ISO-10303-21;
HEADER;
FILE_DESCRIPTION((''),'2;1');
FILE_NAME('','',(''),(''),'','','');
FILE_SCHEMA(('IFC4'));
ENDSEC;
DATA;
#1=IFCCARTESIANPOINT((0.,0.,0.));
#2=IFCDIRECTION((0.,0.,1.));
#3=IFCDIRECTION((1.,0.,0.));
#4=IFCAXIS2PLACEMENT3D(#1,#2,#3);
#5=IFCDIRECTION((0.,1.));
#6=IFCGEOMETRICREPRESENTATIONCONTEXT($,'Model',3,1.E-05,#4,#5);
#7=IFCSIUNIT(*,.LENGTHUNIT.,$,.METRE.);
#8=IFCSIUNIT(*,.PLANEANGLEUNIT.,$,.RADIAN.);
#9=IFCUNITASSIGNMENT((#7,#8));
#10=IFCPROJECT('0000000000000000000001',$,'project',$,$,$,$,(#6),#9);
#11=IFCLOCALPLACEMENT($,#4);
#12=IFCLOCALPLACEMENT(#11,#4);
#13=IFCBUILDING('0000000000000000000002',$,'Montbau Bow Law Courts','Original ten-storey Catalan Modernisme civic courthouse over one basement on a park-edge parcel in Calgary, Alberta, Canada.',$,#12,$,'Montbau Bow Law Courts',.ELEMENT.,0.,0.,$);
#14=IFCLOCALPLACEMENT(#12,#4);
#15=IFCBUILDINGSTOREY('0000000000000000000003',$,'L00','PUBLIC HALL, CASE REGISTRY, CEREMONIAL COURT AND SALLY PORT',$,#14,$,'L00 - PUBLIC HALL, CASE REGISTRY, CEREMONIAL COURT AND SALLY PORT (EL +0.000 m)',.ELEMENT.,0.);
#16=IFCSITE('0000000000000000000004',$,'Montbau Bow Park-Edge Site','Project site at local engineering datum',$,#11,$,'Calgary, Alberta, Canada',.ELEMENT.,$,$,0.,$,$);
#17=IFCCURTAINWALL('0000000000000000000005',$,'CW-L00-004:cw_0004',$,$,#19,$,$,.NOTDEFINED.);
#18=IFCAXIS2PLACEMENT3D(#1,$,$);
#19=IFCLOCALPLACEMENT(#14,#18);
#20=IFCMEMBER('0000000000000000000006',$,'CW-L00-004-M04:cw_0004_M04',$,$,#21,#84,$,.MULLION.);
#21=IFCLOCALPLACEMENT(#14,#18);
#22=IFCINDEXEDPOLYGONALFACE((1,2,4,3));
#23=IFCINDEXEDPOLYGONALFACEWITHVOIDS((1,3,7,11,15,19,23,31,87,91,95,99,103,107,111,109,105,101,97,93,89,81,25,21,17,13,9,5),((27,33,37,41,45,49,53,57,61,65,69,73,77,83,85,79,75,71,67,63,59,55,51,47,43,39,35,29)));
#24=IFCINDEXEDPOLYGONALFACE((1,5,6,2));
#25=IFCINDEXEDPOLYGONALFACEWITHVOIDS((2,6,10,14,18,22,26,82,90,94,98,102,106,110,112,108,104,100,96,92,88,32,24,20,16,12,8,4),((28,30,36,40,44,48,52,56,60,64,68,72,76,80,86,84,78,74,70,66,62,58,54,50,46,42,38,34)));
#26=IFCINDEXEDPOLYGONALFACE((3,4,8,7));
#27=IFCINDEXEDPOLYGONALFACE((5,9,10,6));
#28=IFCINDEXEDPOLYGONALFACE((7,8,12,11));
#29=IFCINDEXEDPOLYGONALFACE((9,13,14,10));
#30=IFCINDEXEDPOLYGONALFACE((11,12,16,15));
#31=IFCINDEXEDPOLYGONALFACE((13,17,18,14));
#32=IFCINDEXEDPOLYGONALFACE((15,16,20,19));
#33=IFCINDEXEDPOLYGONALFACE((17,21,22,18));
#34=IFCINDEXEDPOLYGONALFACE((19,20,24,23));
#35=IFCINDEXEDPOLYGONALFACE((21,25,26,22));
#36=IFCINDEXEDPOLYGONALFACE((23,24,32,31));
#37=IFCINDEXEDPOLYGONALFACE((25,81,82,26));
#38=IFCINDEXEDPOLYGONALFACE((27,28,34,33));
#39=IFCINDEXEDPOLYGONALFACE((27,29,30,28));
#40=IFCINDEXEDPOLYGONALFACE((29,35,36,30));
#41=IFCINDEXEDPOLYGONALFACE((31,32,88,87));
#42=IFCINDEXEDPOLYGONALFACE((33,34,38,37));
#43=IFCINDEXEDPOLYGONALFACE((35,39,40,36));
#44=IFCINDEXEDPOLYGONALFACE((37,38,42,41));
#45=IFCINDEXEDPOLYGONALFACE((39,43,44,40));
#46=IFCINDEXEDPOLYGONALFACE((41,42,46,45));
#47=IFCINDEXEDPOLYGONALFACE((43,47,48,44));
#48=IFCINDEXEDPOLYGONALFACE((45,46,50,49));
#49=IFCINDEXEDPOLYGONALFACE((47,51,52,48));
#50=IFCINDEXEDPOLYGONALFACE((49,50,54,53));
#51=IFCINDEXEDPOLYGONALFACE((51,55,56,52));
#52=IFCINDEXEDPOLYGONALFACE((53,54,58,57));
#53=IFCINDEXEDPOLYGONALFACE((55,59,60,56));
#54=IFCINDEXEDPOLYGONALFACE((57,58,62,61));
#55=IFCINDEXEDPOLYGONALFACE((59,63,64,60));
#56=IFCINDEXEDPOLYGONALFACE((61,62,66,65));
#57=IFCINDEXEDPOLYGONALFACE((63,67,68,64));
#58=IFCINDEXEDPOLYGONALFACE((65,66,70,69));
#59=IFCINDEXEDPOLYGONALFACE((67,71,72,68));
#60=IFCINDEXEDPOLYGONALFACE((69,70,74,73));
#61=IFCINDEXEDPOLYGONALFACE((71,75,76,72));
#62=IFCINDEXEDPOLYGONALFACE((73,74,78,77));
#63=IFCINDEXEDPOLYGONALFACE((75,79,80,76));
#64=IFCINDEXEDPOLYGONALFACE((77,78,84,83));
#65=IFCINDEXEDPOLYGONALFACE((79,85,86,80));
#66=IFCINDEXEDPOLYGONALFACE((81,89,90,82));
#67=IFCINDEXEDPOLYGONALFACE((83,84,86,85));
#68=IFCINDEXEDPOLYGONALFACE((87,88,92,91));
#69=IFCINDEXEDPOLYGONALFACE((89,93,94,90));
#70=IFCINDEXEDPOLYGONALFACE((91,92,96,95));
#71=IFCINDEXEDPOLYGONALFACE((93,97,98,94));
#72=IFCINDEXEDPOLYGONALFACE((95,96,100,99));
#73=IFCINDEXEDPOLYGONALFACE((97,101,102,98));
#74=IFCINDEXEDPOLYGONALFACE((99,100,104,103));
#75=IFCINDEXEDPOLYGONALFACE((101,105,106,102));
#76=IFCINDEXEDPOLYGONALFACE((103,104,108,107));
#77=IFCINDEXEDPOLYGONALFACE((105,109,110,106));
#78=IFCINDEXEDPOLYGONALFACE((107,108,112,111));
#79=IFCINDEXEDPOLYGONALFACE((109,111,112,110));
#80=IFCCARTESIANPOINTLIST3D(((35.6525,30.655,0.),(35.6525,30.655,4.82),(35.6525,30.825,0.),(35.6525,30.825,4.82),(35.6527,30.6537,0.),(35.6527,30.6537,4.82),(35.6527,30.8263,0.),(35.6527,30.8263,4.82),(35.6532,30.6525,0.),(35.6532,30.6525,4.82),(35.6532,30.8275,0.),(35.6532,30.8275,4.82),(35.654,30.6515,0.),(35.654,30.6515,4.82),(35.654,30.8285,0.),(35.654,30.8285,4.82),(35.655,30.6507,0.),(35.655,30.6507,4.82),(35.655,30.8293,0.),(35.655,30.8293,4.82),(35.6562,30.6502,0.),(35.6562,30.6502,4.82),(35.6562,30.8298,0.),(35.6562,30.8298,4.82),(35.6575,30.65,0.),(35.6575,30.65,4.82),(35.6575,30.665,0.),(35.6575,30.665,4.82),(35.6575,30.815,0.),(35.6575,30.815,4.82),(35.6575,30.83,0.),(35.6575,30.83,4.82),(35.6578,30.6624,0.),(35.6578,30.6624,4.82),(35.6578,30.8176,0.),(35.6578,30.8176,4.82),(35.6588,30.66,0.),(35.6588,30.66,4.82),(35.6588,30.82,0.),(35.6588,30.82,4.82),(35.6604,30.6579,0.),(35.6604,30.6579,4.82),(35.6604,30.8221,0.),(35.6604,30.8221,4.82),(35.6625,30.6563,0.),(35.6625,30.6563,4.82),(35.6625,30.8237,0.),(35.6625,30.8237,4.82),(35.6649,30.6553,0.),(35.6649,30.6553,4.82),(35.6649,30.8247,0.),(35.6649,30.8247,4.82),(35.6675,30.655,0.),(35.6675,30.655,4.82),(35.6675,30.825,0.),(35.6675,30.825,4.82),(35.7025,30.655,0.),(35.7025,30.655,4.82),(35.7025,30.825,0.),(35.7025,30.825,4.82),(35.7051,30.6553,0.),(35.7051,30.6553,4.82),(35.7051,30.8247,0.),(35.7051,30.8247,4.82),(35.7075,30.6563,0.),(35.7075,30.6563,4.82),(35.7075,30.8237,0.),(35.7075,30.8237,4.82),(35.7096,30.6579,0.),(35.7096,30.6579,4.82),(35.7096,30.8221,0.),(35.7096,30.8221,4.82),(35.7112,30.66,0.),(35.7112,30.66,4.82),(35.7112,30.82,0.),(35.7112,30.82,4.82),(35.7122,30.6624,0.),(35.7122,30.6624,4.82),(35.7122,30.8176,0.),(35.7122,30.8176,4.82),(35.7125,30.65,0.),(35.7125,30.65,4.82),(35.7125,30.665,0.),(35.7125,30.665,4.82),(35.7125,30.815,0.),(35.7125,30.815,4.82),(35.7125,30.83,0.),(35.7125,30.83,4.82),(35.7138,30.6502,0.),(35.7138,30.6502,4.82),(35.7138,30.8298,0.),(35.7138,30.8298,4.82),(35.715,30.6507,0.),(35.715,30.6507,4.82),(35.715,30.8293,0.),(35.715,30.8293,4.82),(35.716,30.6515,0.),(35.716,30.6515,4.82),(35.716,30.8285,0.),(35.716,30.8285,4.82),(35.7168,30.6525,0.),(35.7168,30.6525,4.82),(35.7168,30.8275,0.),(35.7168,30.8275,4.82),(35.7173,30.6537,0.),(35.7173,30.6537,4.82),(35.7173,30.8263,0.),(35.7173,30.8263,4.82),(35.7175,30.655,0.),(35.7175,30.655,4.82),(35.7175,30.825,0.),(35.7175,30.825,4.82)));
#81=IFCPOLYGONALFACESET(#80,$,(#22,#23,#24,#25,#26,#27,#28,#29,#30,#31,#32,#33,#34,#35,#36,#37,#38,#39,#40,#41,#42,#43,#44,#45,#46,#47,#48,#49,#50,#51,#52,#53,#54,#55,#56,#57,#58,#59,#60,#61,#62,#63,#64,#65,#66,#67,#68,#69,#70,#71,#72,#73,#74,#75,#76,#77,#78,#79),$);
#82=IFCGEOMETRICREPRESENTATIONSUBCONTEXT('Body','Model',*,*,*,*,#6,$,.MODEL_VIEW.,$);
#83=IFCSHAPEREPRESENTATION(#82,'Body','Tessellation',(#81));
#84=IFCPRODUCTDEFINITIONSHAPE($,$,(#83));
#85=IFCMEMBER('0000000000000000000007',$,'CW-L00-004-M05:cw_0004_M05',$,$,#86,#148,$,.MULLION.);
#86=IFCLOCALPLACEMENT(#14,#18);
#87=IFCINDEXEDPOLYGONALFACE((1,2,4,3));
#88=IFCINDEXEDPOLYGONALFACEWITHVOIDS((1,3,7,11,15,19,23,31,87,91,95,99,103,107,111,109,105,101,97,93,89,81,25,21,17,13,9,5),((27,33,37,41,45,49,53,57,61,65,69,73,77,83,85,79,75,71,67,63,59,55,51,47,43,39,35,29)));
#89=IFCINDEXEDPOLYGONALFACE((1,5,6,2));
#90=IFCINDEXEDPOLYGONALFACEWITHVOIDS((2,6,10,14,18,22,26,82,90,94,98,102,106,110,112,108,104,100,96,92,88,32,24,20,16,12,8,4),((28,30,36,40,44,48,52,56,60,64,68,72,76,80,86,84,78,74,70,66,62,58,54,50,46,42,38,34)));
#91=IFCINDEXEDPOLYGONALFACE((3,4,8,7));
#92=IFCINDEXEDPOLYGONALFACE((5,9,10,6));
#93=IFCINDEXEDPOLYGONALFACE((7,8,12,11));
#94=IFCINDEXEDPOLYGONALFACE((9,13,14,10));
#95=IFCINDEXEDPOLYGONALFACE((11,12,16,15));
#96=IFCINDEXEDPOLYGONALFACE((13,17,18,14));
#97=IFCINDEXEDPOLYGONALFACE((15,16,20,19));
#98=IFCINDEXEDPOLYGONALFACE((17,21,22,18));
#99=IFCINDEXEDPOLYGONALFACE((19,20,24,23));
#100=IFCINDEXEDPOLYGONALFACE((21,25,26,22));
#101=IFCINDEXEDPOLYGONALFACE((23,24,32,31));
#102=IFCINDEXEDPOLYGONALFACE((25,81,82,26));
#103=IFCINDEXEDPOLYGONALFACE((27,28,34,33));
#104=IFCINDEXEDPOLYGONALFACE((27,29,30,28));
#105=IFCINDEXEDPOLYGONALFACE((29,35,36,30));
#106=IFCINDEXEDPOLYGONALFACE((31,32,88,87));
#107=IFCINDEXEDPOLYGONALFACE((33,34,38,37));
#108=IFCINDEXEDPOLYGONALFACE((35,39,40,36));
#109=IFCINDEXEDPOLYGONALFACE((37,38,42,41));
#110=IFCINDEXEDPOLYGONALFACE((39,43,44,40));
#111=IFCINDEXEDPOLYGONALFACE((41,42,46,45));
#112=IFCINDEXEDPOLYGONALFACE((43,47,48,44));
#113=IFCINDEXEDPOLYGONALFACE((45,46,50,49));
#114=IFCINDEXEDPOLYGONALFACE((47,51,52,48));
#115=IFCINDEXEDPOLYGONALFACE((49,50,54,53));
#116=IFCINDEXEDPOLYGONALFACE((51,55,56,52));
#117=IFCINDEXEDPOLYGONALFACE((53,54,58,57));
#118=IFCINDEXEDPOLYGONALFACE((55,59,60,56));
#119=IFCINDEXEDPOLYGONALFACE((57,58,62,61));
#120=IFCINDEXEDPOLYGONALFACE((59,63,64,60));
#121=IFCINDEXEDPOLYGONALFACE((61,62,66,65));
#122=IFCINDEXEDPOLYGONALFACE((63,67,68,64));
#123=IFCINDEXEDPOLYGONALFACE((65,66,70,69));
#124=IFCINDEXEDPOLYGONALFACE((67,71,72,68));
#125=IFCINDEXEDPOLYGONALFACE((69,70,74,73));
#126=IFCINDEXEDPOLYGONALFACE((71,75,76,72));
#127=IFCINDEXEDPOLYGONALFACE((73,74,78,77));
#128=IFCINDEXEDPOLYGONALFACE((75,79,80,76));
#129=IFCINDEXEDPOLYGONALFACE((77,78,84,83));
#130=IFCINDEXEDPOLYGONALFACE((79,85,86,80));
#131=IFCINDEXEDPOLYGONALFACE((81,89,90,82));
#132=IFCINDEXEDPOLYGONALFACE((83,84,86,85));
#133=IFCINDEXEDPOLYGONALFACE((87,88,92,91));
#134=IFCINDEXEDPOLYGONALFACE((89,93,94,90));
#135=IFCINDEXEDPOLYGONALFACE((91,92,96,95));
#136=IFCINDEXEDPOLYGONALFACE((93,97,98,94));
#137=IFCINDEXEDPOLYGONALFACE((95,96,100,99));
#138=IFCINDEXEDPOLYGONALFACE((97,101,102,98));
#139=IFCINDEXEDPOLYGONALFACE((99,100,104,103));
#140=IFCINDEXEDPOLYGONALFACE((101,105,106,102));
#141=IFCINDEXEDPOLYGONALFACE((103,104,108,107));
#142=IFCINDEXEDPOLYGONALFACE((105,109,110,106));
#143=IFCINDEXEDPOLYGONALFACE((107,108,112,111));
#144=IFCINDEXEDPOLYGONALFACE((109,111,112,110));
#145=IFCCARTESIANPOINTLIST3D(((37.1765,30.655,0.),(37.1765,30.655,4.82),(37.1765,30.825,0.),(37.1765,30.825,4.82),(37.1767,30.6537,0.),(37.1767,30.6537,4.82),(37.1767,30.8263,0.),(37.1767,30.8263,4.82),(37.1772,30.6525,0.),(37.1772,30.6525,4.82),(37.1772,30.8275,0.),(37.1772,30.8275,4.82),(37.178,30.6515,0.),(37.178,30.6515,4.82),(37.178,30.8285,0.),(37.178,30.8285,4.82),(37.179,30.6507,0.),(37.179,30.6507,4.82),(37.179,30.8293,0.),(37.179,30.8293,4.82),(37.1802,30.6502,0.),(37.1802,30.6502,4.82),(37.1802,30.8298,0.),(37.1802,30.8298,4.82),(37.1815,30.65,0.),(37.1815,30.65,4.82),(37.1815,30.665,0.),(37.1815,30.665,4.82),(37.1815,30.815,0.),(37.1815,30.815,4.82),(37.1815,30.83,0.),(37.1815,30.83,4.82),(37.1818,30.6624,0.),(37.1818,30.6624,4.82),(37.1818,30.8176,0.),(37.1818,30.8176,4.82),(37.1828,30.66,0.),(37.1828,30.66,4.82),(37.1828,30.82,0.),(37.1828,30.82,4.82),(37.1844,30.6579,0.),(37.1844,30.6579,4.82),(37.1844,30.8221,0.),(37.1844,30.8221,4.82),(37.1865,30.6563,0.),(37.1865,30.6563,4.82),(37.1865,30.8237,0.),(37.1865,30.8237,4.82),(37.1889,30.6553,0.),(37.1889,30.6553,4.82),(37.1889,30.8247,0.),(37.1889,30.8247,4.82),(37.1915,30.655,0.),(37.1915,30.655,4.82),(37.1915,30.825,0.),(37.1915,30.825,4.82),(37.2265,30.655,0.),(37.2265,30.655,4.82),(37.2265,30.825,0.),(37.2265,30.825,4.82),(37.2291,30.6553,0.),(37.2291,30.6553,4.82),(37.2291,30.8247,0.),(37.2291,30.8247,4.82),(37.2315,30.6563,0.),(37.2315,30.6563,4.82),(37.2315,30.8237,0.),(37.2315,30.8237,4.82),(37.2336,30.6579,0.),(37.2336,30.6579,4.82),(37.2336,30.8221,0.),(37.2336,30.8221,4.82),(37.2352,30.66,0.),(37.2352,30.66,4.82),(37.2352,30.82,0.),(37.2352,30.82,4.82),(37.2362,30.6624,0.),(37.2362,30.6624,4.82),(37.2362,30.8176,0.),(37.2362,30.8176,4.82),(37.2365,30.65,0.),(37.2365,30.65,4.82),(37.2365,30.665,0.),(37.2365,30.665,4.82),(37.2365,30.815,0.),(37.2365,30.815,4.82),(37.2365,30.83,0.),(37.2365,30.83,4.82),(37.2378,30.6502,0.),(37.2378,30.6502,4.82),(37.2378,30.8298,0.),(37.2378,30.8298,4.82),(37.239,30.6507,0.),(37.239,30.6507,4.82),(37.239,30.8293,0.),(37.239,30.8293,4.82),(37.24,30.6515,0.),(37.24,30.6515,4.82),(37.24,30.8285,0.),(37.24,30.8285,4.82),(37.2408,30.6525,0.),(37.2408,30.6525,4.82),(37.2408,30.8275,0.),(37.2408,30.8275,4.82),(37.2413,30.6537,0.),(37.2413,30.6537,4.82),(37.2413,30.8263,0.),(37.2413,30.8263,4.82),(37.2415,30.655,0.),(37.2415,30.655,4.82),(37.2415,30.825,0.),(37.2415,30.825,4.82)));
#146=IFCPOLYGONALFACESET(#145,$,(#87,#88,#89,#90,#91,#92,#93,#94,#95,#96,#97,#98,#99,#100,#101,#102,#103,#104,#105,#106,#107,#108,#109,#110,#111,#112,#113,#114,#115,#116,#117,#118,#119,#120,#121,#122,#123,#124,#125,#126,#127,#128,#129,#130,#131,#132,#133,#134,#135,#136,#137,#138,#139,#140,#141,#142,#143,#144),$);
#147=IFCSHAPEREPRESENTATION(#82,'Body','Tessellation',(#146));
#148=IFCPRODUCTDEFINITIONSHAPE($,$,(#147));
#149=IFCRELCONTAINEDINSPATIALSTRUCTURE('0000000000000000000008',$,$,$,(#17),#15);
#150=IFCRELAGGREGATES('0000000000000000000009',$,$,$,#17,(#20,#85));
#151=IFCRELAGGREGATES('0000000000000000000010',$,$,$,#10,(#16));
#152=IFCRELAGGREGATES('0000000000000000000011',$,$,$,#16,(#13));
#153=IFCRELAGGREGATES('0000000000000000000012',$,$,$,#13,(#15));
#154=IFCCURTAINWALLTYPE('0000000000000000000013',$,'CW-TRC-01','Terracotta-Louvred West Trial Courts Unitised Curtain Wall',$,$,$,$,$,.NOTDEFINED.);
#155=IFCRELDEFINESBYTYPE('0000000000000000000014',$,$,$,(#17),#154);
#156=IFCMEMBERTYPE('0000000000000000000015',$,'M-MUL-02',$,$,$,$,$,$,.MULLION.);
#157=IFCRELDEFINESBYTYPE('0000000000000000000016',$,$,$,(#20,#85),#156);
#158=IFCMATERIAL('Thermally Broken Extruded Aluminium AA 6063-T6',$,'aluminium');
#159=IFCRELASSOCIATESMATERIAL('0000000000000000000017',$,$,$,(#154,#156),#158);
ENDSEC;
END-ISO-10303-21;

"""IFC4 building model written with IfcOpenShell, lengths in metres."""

from ifc_helpers import new_model, si_unit, direction, frame, origin_with_axes, origin_2d_with_axis, place, context, subcontext, project, spatial, hollow_rectangle, extrude, material, material_profile, profile_set, type_object, element, aggregate, save


model = new_model("IFC4")

# Units and contexts
model_context = context("Model", 3, precision=1e-05, world=origin_with_axes(), true_north=direction((0.0, 1.0)))
body_context = subcontext(model_context, "Body", "Model", "MODEL_VIEW")
ifc_project = project(units=[si_unit("LENGTHUNIT", "METRE"), si_unit("PLANEANGLEUNIT", "RADIAN")], contexts=[model_context])

# Site, building, storey
site_placement = place(None, origin_with_axes())
site = spatial("IfcSite", under=ifc_project, at=site_placement, Name="Montbau Bow Park-Edge Site", Description="Project site at local engineering datum", LongName="Calgary, Alberta, Canada", CompositionType="ELEMENT", RefElevation=0.0)
building_placement = place(site_placement, origin_with_axes())
building = spatial("IfcBuilding", under=site, at=building_placement, Name="Montbau Bow Law Courts", Description="Original ten-storey Catalan Modernisme civic courthouse over one basement on a park-edge parcel in Calgary, Alberta, Canada.", LongName="Montbau Bow Law Courts", CompositionType="ELEMENT", ElevationOfRefHeight=0.0, ElevationOfTerrain=0.0)
storey_placement = place(building_placement, origin_with_axes())
storey = spatial("IfcBuildingStorey", under=building, at=storey_placement, Name="L00", Description="PUBLIC HALL, CASE REGISTRY, CEREMONIAL COURT AND SALLY PORT", LongName="L00 - PUBLIC HALL, CASE REGISTRY, CEREMONIAL COURT AND SALLY PORT (EL +0.000 m)", CompositionType="ELEMENT", Elevation=0.0)

# Curtain wall, members
ifc_material_1 = material(Name="Thermally Broken Extruded Aluminium AA 6063-T6", Category="aluminium")
curtain_wall_type = type_object("IfcCurtainWallType", Name="CW-TRC-01", Description="Terracotta-Louvred West Trial Courts Unitised Curtain Wall", PredefinedType="NOTDEFINED", material=ifc_material_1)
curtain_wall_placement = place(None, frame((31.115, 30.74, 0.0), z_axis=(0.0, 0.0, 1.0), x_axis=(1.0, 0.0, 0.0)))
curtain_wall = element("IfcCurtainWall", 1, at=curtain_wall_placement, inside=storey, type_object=curtain_wall_type, Name="CW-L00-004:cw_0004", PredefinedType="NOTDEFINED")
ifc_material_profile_1 = material_profile(ifc_material_1, hollow_rectangle(XDim=0.065, YDim=0.18, WallThickness=0.005, InnerFilletRadius=0.01, OuterFilletRadius=0.005, at=origin_2d_with_axis()), Name="CWM-180X65", Category="Main", Priority=0)
ifc_profile_set_1 = profile_set([ifc_material_profile_1], Name="Thermally Broken Extruded Aluminium AA 6063-T6")
member_type_1 = type_object("IfcMemberType", Name="M-MUL-02", PredefinedType="MULLION", material=ifc_profile_set_1)
member_1_placement = place(None, frame((35.685, 30.74, 0.0), z_axis=(0.0, 0.0, 1.0), x_axis=(1.0, 0.0, 0.0)))
member_1 = element("IfcMember", 2, at=member_1_placement, type_object=member_type_1, Name="CW-L00-004-M04:cw_0004_M04", PredefinedType="MULLION", context=body_context, shape_type="SweptSolid", body=[
    extrude(hollow_rectangle(XDim=0.065, YDim=0.18, WallThickness=0.005, InnerFilletRadius=0.01, OuterFilletRadius=0.005, at=origin_2d_with_axis()), origin_with_axes(), (0.0, 0.0, 1.0), 4.82),
])
member_2_placement = place(None, frame((37.209, 30.74, 0.0), z_axis=(0.0, 0.0, 1.0), x_axis=(1.0, 0.0, 0.0)))
member_2 = element("IfcMember", 3, at=member_2_placement, type_object=member_type_1, Name="CW-L00-004-M05:cw_0004_M05", PredefinedType="MULLION", context=body_context, shape_type="SweptSolid", body=[
    extrude(hollow_rectangle(XDim=0.065, YDim=0.18, WallThickness=0.005, InnerFilletRadius=0.01, OuterFilletRadius=0.005, at=origin_2d_with_axis()), origin_with_axes(), (0.0, 0.0, 1.0), 4.82),
])
aggregate(curtain_wall, [member_1, member_2])

save(model, "model.ifc")
